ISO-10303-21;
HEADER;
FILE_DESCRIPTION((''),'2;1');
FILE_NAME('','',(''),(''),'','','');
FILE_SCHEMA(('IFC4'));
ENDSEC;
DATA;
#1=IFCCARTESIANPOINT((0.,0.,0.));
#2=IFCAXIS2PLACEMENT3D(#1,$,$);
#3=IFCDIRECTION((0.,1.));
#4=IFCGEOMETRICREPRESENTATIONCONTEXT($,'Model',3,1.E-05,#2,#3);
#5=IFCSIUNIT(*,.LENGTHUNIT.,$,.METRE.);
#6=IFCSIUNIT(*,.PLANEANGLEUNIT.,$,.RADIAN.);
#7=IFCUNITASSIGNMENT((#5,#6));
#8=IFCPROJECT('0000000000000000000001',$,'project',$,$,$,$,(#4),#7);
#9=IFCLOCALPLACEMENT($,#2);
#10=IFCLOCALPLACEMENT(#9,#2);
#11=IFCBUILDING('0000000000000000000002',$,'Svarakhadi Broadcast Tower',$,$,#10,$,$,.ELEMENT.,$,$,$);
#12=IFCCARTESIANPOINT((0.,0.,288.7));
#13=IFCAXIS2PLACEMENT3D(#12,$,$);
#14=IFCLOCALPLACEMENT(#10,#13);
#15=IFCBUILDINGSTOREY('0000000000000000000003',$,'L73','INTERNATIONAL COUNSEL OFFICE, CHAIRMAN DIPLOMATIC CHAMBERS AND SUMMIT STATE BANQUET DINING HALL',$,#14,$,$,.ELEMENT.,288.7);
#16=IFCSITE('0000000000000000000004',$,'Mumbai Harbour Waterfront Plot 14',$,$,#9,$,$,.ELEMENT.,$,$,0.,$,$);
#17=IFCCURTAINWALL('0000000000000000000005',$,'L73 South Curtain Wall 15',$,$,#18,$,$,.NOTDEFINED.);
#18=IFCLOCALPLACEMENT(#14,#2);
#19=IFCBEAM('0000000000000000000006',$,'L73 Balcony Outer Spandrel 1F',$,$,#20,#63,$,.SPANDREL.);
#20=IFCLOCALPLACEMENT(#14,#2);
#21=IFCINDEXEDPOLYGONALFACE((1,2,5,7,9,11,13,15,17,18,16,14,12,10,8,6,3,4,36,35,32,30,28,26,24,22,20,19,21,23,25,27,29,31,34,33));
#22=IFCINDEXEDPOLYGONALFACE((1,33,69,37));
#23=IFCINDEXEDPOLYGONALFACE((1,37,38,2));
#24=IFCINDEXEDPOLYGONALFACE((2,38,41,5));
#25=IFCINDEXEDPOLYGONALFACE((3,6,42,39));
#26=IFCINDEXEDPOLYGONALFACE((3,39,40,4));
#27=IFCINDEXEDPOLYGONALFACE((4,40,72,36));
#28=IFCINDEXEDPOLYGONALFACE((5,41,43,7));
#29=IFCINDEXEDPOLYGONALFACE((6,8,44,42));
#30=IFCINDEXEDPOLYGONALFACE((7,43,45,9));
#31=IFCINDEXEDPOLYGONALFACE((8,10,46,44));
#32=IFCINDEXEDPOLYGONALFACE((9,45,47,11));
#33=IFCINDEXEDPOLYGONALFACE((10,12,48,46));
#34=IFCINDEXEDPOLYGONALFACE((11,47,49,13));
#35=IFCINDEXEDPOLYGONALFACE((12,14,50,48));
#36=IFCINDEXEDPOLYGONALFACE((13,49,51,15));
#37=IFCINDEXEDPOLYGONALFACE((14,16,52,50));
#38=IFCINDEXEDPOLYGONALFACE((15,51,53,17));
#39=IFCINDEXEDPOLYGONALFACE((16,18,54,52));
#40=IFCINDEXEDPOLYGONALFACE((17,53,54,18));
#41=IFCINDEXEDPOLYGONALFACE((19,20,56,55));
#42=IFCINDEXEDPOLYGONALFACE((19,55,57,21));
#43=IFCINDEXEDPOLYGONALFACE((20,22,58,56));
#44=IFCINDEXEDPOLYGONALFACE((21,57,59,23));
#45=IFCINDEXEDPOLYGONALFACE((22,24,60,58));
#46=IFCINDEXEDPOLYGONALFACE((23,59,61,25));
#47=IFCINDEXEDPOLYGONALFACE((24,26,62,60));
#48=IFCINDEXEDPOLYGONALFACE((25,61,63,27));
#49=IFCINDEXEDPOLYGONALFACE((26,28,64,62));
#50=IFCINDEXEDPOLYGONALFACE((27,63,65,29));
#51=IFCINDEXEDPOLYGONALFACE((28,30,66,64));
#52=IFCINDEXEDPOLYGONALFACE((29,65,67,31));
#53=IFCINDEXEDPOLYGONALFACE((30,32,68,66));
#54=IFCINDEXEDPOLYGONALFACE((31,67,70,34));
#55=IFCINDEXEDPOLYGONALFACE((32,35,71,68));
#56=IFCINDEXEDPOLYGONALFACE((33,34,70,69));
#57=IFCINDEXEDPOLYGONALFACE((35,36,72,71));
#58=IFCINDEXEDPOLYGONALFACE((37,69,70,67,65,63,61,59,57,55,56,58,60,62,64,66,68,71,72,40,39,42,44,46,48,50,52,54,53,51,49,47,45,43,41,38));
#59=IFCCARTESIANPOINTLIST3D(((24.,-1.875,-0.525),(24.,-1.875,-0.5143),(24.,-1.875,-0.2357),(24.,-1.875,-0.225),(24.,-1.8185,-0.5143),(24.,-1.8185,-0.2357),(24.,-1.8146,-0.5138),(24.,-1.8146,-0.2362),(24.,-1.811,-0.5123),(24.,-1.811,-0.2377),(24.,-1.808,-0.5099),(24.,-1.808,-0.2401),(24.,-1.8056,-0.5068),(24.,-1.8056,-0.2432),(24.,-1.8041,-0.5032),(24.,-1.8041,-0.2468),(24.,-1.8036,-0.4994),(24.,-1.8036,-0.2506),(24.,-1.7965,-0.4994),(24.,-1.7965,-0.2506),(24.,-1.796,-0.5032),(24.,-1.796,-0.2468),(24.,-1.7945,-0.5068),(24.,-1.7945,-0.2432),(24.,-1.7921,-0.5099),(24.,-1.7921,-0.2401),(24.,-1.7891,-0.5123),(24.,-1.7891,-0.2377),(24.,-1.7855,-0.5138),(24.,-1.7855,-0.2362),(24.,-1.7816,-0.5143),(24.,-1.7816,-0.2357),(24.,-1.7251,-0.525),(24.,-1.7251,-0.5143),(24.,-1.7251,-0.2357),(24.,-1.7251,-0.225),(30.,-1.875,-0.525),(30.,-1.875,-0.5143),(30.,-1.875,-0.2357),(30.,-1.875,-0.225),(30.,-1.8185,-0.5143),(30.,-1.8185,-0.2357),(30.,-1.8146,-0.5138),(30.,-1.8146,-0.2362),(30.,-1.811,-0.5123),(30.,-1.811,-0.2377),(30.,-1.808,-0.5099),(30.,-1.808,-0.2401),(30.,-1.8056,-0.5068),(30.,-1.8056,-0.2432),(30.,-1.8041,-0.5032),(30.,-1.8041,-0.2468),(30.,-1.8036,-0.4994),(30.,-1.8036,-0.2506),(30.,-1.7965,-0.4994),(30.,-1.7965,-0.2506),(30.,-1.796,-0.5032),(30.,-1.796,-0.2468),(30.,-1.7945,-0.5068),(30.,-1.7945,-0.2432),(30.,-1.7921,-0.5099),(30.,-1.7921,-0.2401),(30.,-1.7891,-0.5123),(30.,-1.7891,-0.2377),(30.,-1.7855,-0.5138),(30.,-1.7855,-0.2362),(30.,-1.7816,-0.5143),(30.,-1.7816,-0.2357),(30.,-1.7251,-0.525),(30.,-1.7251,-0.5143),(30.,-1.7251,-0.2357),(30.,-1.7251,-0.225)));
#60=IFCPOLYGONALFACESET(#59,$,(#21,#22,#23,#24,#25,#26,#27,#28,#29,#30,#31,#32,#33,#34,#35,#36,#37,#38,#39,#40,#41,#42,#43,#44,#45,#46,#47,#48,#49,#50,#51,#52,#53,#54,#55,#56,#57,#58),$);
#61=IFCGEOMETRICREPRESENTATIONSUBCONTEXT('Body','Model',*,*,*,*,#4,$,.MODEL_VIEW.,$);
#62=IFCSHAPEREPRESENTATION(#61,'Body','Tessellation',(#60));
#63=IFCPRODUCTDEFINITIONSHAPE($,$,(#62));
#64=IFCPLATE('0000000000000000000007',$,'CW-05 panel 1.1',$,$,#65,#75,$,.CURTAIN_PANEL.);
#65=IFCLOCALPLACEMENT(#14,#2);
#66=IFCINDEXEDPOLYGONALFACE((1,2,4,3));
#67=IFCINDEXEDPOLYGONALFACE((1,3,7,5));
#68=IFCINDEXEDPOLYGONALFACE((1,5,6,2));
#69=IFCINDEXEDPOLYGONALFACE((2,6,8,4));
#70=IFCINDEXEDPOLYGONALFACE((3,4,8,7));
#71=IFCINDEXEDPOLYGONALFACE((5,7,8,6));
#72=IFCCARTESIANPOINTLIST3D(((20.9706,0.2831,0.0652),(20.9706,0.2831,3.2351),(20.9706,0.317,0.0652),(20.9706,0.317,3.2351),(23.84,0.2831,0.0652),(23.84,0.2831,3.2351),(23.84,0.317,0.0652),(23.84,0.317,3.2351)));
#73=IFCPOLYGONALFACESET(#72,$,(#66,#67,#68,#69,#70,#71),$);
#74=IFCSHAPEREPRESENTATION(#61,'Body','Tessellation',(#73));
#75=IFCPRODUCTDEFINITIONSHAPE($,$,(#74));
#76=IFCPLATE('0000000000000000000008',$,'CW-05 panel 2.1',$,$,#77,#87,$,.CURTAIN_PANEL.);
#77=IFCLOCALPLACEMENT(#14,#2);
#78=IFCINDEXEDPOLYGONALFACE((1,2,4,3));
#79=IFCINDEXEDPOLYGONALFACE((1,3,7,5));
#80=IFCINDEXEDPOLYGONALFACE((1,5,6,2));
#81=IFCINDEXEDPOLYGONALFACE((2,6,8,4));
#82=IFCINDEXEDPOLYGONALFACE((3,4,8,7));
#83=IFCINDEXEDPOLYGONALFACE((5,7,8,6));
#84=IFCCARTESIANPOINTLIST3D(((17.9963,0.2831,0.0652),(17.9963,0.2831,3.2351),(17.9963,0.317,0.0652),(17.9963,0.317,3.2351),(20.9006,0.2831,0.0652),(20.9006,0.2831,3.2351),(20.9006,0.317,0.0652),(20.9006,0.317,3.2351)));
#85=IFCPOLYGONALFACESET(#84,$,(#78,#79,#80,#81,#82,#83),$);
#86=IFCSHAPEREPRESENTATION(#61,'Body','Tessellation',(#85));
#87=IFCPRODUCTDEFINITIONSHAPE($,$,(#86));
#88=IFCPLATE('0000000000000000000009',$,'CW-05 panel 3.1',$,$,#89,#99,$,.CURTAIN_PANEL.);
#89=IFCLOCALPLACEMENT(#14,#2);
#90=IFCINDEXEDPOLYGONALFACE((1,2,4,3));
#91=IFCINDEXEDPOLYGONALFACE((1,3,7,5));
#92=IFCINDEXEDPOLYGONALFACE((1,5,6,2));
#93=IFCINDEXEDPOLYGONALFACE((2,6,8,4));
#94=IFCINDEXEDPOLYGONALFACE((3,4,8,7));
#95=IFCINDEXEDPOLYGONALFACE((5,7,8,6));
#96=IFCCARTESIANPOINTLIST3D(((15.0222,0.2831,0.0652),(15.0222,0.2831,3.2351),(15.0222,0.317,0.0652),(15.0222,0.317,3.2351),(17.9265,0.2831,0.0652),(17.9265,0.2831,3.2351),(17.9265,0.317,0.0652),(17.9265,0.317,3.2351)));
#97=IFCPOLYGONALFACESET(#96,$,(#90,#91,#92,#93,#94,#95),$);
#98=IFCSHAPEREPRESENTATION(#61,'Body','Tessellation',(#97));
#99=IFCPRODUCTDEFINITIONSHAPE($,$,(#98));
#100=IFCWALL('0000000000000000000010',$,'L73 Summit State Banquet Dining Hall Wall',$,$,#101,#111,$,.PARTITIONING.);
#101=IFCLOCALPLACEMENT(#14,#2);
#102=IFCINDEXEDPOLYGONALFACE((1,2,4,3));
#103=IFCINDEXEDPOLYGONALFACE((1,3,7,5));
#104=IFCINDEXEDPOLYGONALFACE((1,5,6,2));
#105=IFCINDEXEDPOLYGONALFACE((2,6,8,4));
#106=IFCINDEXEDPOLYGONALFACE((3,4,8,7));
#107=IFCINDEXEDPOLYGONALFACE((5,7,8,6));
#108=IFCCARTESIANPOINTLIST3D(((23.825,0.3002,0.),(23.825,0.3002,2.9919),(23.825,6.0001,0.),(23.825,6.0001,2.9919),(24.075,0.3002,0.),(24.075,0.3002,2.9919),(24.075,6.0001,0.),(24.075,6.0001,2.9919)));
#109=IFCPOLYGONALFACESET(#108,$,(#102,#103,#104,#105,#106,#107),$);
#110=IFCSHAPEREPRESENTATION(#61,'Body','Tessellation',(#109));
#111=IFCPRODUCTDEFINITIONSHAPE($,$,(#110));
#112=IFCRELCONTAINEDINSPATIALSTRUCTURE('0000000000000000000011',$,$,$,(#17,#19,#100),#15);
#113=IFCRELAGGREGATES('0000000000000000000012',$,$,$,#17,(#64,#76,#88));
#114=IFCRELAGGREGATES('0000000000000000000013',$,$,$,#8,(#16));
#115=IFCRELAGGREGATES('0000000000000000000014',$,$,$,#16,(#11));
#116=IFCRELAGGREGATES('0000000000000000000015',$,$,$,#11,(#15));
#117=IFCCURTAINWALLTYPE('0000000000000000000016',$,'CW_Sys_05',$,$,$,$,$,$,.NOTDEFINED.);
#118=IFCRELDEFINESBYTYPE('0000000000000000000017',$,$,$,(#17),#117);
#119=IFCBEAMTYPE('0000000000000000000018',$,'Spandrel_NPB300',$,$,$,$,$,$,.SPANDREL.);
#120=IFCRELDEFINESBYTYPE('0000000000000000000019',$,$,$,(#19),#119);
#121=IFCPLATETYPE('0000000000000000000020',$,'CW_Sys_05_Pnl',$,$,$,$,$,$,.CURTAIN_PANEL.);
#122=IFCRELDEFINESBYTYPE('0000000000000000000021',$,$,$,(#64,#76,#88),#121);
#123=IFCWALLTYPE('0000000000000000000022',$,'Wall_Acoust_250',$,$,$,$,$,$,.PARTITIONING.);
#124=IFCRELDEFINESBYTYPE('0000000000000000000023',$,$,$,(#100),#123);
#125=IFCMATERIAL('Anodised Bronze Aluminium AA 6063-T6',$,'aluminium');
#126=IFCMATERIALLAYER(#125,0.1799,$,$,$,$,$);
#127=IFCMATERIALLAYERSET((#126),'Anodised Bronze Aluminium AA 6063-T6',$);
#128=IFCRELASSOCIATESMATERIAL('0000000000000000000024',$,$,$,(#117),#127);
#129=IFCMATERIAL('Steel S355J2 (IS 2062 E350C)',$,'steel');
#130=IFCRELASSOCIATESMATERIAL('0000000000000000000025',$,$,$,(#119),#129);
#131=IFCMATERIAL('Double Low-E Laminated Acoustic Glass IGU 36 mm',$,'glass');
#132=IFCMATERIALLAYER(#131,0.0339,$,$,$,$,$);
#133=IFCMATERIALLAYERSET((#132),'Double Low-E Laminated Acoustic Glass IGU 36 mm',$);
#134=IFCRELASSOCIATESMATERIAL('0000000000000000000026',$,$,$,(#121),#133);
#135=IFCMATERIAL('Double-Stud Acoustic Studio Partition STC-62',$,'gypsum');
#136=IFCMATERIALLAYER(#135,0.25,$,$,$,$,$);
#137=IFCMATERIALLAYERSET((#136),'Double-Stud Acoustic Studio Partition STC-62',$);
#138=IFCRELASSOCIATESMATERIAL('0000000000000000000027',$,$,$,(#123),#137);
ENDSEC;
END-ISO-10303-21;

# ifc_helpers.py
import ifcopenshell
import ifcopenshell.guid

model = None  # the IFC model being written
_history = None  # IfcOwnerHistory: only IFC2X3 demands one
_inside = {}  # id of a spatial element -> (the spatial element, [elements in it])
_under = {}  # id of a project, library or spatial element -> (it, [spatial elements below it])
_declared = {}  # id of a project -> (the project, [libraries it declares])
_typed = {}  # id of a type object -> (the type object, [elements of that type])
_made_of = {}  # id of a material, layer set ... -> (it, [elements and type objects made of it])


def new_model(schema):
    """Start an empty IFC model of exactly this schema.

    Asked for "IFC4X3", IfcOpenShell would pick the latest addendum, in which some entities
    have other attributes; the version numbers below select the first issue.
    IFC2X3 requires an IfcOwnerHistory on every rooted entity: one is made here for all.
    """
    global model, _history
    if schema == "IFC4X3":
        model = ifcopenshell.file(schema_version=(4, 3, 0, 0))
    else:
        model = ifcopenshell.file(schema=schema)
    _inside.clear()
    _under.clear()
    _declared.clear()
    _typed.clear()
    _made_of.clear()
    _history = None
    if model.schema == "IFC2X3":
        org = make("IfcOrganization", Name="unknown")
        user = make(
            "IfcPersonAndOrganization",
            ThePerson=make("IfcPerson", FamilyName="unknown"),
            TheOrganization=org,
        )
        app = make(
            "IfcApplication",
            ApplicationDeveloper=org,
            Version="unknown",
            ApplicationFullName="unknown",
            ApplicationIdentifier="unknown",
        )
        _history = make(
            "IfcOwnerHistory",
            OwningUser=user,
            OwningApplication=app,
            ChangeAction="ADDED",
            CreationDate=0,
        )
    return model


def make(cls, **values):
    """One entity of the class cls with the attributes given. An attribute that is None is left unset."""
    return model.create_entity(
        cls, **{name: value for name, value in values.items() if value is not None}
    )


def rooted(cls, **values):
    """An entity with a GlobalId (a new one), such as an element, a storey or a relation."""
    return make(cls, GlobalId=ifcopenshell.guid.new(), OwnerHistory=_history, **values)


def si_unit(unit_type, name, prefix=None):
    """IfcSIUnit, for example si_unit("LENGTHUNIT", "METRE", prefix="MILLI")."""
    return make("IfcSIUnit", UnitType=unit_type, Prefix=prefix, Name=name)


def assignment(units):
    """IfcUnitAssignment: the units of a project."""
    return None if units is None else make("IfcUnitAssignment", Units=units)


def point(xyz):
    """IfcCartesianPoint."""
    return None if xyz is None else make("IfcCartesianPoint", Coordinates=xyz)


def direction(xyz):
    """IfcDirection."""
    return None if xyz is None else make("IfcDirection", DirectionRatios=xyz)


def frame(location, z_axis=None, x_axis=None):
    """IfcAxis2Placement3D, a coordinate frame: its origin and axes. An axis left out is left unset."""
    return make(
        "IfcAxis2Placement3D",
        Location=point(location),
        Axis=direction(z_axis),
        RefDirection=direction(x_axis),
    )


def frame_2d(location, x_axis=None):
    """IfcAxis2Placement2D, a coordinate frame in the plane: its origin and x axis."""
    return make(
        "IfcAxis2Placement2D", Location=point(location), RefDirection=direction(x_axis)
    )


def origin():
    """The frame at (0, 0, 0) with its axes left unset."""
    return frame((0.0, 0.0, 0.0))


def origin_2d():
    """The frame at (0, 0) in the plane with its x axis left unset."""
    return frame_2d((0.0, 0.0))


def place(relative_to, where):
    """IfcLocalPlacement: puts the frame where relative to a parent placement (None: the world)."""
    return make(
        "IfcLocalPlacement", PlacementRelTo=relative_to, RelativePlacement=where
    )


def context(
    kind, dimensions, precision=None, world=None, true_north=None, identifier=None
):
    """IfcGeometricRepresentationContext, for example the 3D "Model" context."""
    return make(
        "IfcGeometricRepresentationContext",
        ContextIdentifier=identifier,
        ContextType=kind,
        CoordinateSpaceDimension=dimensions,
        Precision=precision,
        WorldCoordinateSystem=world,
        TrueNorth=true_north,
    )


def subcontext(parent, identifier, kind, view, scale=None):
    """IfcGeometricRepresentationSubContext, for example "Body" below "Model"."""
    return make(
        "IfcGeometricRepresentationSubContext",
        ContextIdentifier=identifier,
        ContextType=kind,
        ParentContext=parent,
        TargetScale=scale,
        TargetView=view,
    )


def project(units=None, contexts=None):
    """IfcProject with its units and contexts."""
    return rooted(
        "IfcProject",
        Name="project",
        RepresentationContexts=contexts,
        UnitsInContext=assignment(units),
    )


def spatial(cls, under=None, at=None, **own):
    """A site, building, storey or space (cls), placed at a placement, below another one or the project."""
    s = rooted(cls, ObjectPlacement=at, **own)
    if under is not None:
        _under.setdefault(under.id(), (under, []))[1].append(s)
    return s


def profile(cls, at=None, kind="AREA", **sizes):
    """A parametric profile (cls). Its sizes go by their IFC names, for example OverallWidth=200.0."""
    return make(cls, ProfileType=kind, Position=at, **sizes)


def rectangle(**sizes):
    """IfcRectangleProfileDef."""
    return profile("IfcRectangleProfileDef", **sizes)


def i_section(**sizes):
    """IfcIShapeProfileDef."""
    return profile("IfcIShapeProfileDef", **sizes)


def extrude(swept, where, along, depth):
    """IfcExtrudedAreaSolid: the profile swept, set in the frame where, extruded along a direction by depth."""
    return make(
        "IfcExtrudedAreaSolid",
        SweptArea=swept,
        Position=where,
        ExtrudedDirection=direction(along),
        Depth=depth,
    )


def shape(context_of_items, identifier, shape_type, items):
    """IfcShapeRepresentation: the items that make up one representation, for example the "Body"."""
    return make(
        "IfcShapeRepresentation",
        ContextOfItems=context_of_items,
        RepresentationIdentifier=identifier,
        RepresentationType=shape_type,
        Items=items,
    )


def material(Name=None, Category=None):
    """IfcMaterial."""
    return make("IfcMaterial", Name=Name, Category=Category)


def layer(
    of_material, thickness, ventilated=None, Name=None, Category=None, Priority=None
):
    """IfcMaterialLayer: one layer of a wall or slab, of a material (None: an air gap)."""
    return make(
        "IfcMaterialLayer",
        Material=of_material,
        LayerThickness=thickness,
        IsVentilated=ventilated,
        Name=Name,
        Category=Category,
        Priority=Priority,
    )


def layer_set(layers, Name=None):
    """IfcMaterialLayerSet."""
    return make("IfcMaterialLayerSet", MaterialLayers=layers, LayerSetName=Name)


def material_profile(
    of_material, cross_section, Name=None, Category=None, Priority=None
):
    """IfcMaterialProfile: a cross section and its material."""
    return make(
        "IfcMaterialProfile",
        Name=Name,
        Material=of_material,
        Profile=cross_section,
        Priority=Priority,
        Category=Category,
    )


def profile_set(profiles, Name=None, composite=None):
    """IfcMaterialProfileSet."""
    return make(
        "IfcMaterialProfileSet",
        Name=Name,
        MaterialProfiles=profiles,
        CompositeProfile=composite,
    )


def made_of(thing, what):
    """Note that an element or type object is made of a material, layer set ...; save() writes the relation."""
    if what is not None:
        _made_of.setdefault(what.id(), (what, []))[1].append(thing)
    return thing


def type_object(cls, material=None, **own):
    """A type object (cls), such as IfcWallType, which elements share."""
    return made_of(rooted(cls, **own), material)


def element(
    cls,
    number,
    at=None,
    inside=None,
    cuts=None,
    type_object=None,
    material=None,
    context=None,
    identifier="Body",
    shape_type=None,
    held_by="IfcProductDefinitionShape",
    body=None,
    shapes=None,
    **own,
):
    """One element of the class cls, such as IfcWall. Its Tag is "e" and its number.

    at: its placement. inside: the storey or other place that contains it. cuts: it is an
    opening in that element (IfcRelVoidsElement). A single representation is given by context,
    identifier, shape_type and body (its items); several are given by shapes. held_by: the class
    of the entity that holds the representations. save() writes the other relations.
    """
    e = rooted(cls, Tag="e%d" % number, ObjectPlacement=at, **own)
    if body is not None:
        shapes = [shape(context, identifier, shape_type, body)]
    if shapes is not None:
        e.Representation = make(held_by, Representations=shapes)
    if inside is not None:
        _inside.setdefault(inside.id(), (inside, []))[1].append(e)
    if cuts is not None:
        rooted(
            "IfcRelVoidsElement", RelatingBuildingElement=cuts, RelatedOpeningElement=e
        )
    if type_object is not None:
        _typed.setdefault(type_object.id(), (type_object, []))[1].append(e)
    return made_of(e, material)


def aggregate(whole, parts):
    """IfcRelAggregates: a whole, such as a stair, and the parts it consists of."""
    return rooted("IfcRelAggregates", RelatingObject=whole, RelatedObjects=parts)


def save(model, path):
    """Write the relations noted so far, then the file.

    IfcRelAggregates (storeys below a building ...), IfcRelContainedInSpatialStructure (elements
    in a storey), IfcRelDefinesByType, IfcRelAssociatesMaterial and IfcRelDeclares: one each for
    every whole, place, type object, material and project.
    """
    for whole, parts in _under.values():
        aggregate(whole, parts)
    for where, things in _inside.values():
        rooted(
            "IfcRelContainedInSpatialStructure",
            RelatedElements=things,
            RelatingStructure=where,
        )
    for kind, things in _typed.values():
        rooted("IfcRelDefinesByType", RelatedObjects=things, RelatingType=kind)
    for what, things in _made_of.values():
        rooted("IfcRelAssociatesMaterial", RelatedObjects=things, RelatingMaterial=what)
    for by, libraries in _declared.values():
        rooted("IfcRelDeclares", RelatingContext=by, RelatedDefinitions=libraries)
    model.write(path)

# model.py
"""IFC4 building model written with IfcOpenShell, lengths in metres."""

from ifc_helpers import new_model, si_unit, direction, frame, frame_2d, origin, origin_2d, place, context, subcontext, project, spatial, rectangle, i_section, extrude, material, layer, layer_set, material_profile, profile_set, type_object, element, aggregate, save


model = new_model("IFC4")

# Units and contexts
model_context = context("Model", 3, precision=1e-05, world=origin(), true_north=direction((0.0, 1.0)))
body_context = subcontext(model_context, "Body", "Model", "MODEL_VIEW")
ifc_project = project(units=[si_unit("LENGTHUNIT", "METRE"), si_unit("PLANEANGLEUNIT", "RADIAN")], contexts=[model_context])

# Site, building, storey
site_placement = place(None, origin())
site = spatial("IfcSite", under=ifc_project, at=site_placement, Name="Mumbai Harbour Waterfront Plot 14", CompositionType="ELEMENT", RefElevation=0.0)
building_placement = place(site_placement, origin())
building = spatial("IfcBuilding", under=site, at=building_placement, Name="Svarakhadi Broadcast Tower", CompositionType="ELEMENT")
storey_placement = place(building_placement, frame((0.0, 0.0, 288.7)))
storey = spatial("IfcBuildingStorey", under=building, at=storey_placement, Name="L73", Description="INTERNATIONAL COUNSEL OFFICE, CHAIRMAN DIPLOMATIC CHAMBERS AND SUMMIT STATE BANQUET DINING HALL", CompositionType="ELEMENT", Elevation=288.7)

# Curtain wall
ifc_material_1 = material(Name="Anodised Bronze Aluminium AA 6063-T6", Category="aluminium")
ifc_layer_1 = layer(ifc_material_1, 0.1799)
ifc_layer_set_1 = layer_set([ifc_layer_1], Name="Anodised Bronze Aluminium AA 6063-T6")
curtain_wall_type = type_object("IfcCurtainWallType", Name="CW_Sys_05", PredefinedType="NOTDEFINED", material=ifc_layer_set_1)
curtain_wall_placement = place(storey_placement, origin())
curtain_wall = element("IfcCurtainWall", 1, at=curtain_wall_placement, inside=storey, type_object=curtain_wall_type, Name="L73 South Curtain Wall 15", PredefinedType="NOTDEFINED")

# Beam
ifc_material_2 = material(Name="Steel S355J2 (IS 2062 E350C)", Category="steel")
ifc_material_profile_1 = material_profile(ifc_material_2, i_section(OverallWidth=0.1499, OverallDepth=0.3, WebThickness=0.0071, FlangeThickness=0.0107, FilletRadius=0.0149, at=origin_2d()), Name="NPB 300x150x37")
ifc_profile_set_1 = profile_set([ifc_material_profile_1], Name="Steel S355J2 (IS 2062 E350C)")
beam_type_1 = type_object("IfcBeamType", Name="Spandrel_NPB300", PredefinedType="SPANDREL", material=ifc_profile_set_1)
beam_1_placement = place(storey_placement, frame((24.0, -1.8, -0.375), z_axis=(1.0, 0.0, 0.0), x_axis=(0.0, 1.0, 0.0)))
element("IfcBeam", 2, at=beam_1_placement, inside=storey, type_object=beam_type_1, Name="L73 Balcony Outer Spandrel 1F", PredefinedType="SPANDREL", context=body_context, shape_type="SweptSolid", body=[
    extrude(i_section(OverallWidth=0.1499, OverallDepth=0.3, WebThickness=0.0071, FlangeThickness=0.0107, FilletRadius=0.0149, at=origin_2d()), origin(), (0.0, 0.0, 1.0), 6.0),
])

# Plates
ifc_material_3 = material(Name="Double Low-E Laminated Acoustic Glass IGU 36 mm", Category="glass")
ifc_layer_2 = layer(ifc_material_3, 0.0339)
ifc_layer_set_2 = layer_set([ifc_layer_2], Name="Double Low-E Laminated Acoustic Glass IGU 36 mm")
plate_type = type_object("IfcPlateType", Name="CW_Sys_05_Pnl", PredefinedType="CURTAIN_PANEL", material=ifc_layer_set_2)
plate_1_placement = place(storey_placement, frame((22.4053, 0.3, 0.0652), z_axis=(0.0, 0.0, 1.0), x_axis=(-1.0, 0.0, 0.0)))
plate_1 = element("IfcPlate", 3, at=plate_1_placement, type_object=plate_type, Name="CW-05 panel 1.1", PredefinedType="CURTAIN_PANEL", context=body_context, shape_type="SweptSolid", body=[
    extrude(rectangle(XDim=2.8694, YDim=0.0339, at=origin_2d()), origin(), (0.0, 0.0, 1.0), 3.1699),
])
plate_2_placement = place(storey_placement, frame((19.4485, 0.3, 0.0652), z_axis=(0.0, 0.0, 1.0), x_axis=(-1.0, 0.0, 0.0)))
plate_2 = element("IfcPlate", 4, at=plate_2_placement, type_object=plate_type, Name="CW-05 panel 2.1", PredefinedType="CURTAIN_PANEL", context=body_context, shape_type="SweptSolid", body=[
    extrude(rectangle(XDim=2.9043, YDim=0.0339, at=origin_2d()), origin(), (0.0, 0.0, 1.0), 3.1699),
])
plate_3_placement = place(storey_placement, frame((16.4744, 0.3, 0.0652), z_axis=(0.0, 0.0, 1.0), x_axis=(-1.0, 0.0, 0.0)))
plate_3 = element("IfcPlate", 5, at=plate_3_placement, type_object=plate_type, Name="CW-05 panel 3.1", PredefinedType="CURTAIN_PANEL", context=body_context, shape_type="SweptSolid", body=[
    extrude(rectangle(XDim=2.9043, YDim=0.0339, at=origin_2d()), origin(), (0.0, 0.0, 1.0), 3.1699),
])
aggregate(curtain_wall, [plate_1, plate_2, plate_3])

# Wall
ifc_material_4 = material(Name="Double-Stud Acoustic Studio Partition STC-62", Category="gypsum")
ifc_layer_3 = layer(ifc_material_4, 0.25)
ifc_layer_set_3 = layer_set([ifc_layer_3], Name="Double-Stud Acoustic Studio Partition STC-62")
wall_type = type_object("IfcWallType", Name="Wall_Acoust_250", PredefinedType="PARTITIONING", material=ifc_layer_set_3)
wall_placement = place(storey_placement, frame((23.95, 0.3, 0.0), z_axis=(0.0, 0.0, 1.0), x_axis=(0.0, 1.0, 0.0)))
element("IfcWall", 6, at=wall_placement, inside=storey, type_object=wall_type, Name="L73 Summit State Banquet Dining Hall Wall", PredefinedType="PARTITIONING", context=body_context, shape_type="SweptSolid", body=[
    extrude(rectangle(XDim=5.7, YDim=0.25, at=frame_2d((2.8501, 0.0))), origin(), (0.0, 0.0, 1.0), 2.9919),
])

save(model, "model.ifc")
